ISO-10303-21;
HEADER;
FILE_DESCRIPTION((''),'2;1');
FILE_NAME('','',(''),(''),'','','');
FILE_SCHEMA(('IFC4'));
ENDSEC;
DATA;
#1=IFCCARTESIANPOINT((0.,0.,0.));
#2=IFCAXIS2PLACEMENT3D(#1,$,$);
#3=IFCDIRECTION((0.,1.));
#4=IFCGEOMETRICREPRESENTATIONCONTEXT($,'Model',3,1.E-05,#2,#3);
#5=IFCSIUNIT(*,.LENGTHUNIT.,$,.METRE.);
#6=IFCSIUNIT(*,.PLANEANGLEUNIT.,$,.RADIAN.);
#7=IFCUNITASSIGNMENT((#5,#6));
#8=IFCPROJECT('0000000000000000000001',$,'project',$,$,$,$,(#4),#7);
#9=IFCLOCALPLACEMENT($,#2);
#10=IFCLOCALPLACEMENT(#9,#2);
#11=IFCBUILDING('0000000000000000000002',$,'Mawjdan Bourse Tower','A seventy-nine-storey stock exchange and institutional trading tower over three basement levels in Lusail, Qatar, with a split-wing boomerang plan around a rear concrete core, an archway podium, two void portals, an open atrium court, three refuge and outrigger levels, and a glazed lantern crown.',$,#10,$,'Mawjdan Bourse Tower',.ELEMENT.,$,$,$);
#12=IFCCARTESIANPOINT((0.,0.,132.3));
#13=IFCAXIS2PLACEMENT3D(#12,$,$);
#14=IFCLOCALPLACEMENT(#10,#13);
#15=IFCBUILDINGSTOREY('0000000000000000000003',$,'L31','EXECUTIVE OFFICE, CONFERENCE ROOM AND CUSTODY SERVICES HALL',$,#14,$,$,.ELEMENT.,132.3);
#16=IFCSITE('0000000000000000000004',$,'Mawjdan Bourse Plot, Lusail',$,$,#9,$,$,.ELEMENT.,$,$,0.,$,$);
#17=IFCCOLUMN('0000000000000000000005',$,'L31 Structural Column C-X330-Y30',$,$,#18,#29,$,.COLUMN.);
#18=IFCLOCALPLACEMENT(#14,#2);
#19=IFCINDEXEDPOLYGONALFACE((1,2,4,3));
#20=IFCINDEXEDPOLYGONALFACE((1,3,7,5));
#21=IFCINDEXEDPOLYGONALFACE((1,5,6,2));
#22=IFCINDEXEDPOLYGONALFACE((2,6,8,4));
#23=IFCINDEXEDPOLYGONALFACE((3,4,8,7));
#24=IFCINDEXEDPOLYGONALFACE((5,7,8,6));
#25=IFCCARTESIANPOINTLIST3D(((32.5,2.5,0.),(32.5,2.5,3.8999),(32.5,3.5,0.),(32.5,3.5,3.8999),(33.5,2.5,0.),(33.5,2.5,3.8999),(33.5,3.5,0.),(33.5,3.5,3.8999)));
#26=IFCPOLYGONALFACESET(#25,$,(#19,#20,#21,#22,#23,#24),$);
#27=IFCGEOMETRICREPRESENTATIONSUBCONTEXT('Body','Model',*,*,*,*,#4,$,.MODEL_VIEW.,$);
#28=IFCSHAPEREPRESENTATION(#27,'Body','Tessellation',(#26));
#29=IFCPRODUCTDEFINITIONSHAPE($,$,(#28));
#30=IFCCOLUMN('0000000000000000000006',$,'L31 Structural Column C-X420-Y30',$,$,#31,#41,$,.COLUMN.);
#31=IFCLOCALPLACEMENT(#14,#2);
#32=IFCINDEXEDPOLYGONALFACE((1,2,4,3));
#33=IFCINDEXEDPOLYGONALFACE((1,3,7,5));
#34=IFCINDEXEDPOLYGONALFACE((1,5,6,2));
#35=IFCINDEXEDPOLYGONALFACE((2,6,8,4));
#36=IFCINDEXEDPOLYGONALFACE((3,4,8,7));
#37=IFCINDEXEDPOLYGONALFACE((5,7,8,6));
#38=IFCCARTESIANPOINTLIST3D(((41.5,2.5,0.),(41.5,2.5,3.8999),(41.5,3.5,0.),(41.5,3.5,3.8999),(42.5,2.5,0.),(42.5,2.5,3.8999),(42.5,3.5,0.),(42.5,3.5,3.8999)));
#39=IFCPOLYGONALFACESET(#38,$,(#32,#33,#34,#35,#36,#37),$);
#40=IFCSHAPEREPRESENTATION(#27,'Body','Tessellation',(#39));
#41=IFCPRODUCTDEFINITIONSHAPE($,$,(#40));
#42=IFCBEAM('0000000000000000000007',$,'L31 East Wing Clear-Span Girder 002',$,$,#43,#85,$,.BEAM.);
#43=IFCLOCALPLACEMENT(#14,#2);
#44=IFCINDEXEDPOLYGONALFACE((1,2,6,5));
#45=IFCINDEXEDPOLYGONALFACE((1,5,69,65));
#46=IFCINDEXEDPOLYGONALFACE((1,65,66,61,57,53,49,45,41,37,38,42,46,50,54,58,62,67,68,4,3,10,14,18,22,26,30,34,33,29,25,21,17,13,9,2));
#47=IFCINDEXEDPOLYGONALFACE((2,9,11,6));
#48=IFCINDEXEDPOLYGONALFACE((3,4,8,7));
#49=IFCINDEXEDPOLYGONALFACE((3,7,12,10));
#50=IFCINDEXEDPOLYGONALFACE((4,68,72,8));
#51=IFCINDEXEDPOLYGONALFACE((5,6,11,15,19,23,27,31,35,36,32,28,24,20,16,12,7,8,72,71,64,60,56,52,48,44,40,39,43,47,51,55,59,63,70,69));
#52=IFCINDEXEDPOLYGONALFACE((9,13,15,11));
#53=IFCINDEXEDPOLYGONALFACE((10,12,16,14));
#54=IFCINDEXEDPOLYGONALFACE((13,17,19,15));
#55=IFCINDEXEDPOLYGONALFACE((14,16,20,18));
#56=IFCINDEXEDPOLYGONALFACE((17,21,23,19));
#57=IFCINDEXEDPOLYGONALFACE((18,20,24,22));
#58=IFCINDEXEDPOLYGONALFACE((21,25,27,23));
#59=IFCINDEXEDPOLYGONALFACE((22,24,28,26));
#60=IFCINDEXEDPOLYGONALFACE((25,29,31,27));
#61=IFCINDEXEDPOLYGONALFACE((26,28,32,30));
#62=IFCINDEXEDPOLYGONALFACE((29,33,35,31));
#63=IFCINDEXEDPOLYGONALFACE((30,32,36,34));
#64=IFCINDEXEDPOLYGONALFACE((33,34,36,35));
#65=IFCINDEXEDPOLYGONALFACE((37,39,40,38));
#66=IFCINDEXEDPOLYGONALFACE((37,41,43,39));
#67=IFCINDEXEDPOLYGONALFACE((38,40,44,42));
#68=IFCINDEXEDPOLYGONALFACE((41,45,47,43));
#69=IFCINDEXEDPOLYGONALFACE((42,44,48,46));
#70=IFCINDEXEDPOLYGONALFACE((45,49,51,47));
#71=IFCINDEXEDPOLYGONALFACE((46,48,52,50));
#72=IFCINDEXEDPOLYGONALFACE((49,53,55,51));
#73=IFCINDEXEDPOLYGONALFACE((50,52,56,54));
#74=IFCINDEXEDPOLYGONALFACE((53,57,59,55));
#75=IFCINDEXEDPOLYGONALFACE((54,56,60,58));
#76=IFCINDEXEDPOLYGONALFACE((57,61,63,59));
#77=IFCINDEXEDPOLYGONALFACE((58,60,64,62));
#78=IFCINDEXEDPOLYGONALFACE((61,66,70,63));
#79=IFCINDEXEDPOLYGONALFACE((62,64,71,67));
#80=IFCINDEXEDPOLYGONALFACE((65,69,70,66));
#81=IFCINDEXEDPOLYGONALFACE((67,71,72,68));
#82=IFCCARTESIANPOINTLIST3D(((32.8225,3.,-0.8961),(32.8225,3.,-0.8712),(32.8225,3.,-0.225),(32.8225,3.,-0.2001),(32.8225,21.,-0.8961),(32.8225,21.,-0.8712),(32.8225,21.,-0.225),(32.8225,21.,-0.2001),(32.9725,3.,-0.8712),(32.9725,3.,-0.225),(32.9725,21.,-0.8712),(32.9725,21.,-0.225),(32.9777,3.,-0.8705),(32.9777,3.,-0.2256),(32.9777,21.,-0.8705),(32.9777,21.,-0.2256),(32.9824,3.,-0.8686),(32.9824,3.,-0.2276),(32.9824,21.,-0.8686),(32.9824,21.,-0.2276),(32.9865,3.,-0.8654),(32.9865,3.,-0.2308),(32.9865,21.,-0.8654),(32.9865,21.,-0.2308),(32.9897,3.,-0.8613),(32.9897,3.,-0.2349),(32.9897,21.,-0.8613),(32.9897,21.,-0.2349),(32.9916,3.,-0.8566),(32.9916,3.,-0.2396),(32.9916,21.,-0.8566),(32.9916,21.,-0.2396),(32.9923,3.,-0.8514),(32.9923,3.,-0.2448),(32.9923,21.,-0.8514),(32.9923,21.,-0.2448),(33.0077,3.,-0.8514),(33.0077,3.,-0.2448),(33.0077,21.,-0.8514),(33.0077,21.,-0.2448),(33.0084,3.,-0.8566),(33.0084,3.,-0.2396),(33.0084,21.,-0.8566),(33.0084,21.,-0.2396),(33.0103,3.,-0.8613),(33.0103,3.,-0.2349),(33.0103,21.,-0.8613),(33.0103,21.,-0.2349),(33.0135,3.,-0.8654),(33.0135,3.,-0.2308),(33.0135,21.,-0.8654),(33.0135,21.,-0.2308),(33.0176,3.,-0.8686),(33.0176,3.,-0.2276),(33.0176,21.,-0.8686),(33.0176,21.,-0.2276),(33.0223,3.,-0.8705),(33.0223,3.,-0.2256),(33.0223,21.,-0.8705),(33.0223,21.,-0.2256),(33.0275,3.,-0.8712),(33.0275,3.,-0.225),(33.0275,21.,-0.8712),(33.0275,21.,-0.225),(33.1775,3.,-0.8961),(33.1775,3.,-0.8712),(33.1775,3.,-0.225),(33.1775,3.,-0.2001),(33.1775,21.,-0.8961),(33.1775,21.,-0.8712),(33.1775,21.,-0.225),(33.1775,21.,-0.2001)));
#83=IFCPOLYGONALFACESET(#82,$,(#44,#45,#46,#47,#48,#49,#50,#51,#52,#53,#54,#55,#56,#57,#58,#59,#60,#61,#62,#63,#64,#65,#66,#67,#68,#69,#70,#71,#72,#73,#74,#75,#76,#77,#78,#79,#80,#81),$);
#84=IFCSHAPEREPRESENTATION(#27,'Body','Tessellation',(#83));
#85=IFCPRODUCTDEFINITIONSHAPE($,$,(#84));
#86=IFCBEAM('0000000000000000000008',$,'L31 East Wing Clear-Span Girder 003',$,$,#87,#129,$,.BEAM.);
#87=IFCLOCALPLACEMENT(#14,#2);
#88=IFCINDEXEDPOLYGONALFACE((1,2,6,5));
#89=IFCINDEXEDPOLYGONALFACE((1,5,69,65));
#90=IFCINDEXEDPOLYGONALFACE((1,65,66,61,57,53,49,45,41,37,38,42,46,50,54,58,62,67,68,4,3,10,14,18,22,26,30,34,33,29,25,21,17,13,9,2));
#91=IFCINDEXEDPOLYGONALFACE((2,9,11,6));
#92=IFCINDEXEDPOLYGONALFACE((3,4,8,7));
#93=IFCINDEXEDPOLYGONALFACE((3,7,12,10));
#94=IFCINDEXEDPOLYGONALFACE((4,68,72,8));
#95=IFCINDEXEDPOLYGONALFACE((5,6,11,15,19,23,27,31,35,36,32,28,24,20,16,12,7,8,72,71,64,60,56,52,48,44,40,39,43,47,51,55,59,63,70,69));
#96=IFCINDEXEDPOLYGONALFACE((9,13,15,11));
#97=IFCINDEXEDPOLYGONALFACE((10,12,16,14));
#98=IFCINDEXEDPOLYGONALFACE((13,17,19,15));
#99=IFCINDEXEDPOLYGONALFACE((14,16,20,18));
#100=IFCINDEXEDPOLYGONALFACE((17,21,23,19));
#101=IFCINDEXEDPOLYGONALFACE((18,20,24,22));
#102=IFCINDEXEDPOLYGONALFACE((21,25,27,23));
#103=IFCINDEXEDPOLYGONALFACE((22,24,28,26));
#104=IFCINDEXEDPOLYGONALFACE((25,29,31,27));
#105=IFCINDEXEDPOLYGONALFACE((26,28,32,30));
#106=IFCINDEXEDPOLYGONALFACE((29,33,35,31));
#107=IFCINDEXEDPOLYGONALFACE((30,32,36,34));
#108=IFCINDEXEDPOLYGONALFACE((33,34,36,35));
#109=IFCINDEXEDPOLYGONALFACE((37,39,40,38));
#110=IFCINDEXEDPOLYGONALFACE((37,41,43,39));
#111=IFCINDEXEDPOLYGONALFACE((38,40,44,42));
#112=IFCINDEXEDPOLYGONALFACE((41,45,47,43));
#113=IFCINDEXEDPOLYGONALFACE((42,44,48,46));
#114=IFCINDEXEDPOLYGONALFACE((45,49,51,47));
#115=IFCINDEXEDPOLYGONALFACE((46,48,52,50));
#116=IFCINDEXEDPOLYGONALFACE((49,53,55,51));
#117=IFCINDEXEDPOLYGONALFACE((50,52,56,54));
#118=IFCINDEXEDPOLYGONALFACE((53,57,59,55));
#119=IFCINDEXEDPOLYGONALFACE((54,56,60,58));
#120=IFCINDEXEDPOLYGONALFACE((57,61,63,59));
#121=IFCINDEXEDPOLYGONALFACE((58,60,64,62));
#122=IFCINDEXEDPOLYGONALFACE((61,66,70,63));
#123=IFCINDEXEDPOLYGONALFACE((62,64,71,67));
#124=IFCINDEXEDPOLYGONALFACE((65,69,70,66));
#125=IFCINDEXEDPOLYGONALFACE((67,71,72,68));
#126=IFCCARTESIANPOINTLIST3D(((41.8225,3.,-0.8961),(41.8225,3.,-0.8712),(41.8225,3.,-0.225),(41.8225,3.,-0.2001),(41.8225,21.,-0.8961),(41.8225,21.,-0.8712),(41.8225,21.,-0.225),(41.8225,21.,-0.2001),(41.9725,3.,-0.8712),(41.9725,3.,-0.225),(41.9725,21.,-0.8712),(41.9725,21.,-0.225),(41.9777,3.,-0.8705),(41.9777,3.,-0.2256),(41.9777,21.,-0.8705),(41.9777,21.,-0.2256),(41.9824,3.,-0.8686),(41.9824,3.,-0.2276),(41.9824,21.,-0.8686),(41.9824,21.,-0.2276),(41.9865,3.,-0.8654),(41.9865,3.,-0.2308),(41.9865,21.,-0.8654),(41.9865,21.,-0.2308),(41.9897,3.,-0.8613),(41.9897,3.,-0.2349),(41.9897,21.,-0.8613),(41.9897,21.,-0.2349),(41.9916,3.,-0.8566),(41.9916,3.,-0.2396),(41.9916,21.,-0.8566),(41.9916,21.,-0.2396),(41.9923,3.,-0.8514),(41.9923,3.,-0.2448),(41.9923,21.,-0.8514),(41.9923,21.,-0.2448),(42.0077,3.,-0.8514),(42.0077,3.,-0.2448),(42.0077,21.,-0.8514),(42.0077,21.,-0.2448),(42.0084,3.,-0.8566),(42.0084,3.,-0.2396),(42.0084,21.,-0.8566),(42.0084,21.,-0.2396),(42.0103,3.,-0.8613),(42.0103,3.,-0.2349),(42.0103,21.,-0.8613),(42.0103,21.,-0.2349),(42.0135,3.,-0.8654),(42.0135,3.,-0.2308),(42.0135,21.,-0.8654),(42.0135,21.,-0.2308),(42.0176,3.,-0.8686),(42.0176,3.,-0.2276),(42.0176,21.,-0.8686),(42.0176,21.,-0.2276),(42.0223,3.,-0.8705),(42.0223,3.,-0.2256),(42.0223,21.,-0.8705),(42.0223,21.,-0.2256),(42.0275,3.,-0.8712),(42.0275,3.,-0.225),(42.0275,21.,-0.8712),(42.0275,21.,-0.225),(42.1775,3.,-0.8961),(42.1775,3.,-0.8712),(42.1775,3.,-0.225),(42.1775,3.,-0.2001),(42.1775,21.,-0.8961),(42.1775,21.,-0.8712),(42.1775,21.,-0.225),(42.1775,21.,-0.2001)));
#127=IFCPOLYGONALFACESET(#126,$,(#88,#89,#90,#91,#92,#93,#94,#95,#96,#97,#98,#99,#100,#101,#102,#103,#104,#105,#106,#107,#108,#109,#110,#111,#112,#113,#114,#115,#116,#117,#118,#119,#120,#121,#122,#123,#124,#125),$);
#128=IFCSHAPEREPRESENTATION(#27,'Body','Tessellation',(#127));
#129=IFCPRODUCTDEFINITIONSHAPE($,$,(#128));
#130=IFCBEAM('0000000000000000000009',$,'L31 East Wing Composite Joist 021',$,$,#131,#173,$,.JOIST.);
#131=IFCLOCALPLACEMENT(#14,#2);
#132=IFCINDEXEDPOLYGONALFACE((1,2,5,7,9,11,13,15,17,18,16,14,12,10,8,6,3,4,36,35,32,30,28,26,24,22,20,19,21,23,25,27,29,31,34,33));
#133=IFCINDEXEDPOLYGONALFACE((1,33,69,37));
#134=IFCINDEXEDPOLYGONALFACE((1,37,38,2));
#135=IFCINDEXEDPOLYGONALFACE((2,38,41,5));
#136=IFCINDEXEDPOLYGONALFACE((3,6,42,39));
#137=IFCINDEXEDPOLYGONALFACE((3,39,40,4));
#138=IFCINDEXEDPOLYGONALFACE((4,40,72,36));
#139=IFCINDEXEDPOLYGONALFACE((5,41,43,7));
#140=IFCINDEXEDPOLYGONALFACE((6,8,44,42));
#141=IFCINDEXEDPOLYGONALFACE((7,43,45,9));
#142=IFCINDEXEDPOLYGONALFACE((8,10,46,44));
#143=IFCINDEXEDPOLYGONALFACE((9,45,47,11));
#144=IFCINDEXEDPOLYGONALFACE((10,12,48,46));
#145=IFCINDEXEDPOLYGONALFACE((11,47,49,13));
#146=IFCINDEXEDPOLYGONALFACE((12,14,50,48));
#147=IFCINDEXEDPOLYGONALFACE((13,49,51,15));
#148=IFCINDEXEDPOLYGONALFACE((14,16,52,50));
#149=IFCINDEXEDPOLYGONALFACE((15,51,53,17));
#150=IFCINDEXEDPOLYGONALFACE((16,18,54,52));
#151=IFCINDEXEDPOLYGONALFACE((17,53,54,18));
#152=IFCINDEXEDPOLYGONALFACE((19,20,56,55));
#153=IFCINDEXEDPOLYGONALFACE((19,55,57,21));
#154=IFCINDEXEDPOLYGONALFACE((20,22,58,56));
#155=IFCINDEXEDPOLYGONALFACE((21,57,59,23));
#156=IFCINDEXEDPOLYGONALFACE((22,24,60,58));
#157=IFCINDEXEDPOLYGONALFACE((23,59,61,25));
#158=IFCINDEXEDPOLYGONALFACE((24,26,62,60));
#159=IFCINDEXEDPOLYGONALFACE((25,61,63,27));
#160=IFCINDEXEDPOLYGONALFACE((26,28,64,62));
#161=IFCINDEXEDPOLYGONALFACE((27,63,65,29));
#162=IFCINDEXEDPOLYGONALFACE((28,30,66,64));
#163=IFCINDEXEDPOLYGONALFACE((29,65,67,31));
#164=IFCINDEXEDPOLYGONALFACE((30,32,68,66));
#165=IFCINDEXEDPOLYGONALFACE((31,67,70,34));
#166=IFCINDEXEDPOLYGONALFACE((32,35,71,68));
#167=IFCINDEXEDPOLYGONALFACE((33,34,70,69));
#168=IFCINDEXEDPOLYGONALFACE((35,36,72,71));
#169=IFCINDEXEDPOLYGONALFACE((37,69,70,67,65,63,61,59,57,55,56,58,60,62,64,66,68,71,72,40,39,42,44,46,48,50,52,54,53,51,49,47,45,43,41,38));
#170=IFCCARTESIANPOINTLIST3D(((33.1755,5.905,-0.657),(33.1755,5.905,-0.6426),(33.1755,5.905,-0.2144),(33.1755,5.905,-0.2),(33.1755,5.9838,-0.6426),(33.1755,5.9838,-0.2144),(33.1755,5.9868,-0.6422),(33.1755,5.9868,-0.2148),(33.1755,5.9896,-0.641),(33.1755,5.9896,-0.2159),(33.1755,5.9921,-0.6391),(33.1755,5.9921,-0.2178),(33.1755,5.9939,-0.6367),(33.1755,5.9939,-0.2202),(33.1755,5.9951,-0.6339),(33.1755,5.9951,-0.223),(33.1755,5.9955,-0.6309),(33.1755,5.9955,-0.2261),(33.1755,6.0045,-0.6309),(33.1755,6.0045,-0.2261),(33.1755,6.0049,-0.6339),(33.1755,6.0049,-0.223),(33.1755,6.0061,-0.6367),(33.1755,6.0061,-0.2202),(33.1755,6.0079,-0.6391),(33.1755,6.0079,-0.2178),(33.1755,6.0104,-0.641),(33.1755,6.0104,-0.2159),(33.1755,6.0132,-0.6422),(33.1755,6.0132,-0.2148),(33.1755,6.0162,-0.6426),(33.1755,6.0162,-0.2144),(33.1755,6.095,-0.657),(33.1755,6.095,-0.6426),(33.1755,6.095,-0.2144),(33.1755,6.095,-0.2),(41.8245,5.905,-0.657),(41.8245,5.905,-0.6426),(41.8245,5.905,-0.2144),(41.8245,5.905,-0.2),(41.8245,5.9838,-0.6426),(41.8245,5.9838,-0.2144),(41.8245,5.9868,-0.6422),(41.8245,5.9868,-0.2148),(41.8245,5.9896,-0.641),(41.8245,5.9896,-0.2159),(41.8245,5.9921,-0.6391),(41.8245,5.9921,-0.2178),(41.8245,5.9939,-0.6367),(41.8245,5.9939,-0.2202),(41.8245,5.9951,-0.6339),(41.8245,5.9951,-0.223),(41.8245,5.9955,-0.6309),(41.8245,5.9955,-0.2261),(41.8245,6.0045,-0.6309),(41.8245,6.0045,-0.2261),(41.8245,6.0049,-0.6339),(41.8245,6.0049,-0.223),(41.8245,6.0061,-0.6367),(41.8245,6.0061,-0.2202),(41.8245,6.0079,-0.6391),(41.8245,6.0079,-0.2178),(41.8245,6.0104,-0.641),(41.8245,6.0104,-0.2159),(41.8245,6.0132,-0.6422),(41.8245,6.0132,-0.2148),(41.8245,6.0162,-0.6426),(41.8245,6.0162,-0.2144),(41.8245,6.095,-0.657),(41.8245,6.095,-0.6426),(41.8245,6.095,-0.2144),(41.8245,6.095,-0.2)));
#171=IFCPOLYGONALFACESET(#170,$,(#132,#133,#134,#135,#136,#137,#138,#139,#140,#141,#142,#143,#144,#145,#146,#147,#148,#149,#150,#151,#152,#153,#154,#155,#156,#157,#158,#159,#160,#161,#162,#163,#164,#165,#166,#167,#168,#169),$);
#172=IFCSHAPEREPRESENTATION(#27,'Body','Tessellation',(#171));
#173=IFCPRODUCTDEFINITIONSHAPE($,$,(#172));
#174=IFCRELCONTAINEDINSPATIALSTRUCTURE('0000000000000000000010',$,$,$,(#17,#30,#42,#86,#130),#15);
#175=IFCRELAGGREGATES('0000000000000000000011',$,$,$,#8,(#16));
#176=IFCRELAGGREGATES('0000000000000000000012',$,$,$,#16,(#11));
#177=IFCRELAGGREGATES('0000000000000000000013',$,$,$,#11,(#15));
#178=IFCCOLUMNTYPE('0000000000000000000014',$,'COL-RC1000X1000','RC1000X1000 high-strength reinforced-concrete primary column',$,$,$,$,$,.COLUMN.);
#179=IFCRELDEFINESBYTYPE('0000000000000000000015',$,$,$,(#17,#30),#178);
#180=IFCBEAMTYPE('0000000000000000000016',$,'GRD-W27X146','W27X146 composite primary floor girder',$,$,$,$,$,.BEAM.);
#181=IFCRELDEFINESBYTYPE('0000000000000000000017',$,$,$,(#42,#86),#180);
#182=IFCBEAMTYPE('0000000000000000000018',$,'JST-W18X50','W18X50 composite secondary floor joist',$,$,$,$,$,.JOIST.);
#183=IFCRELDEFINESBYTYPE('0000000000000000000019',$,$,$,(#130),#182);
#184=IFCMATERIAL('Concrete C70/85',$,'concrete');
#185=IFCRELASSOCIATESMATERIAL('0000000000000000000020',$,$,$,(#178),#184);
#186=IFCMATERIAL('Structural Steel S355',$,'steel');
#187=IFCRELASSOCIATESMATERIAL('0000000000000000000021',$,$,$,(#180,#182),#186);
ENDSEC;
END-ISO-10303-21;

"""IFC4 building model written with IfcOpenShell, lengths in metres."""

from ifc_helpers import new_model, si_unit, direction, frame, origin, origin_2d, place, context, subcontext, project, spatial, rectangle, i_section, extrude, material, material_profile, profile_set, type_object, element, save


model = new_model("IFC4")

# Units and contexts
model_context = context("Model", 3, precision=1e-05, world=origin(), true_north=direction((0.0, 1.0)))
body_context = subcontext(model_context, "Body", "Model", "MODEL_VIEW")
ifc_project = project(units=[si_unit("LENGTHUNIT", "METRE"), si_unit("PLANEANGLEUNIT", "RADIAN")], contexts=[model_context])

# Site, building, storey
site_placement = place(None, origin())
site = spatial("IfcSite", under=ifc_project, at=site_placement, Name="Mawjdan Bourse Plot, Lusail", CompositionType="ELEMENT", RefElevation=0.0)
building_placement = place(site_placement, origin())
building = spatial("IfcBuilding", under=site, at=building_placement, Name="Mawjdan Bourse Tower", Description="A seventy-nine-storey stock exchange and institutional trading tower over three basement levels in Lusail, Qatar, with a split-wing boomerang plan around a rear concrete core, an archway podium, two void portals, an open atrium court, three refuge and outrigger levels, and a glazed lantern crown.", LongName="Mawjdan Bourse Tower", CompositionType="ELEMENT")
storey_placement = place(building_placement, frame((0.0, 0.0, 132.3)))
storey = spatial("IfcBuildingStorey", under=building, at=storey_placement, Name="L31", Description="EXECUTIVE OFFICE, CONFERENCE ROOM AND CUSTODY SERVICES HALL", CompositionType="ELEMENT", Elevation=132.3)

# Columns
ifc_material_1 = material(Name="Concrete C70/85", Category="concrete")
ifc_material_profile_1 = material_profile(ifc_material_1, rectangle(XDim=1.0, YDim=1.0, at=origin_2d()), Name="RC1000X1000")
ifc_profile_set_1 = profile_set([ifc_material_profile_1], Name="Concrete C70/85")
column_type = type_object("IfcColumnType", Name="COL-RC1000X1000", Description="RC1000X1000 high-strength reinforced-concrete primary column", PredefinedType="COLUMN", material=ifc_profile_set_1)
for number, where, z_axis, x_axis, name in (
    (1, (33.0, 3.0, 0.0), (0.0, 0.0, 1.0), (1.0, 0.0, 0.0), "L31 Structural Column C-X330-Y30"),
    (2, (42.0, 3.0, 0.0), (0.0, 0.0, 1.0), (1.0, 0.0, 0.0), "L31 Structural Column C-X420-Y30"),
):
    element("IfcColumn", number, at=place(storey_placement, frame(where, z_axis=z_axis, x_axis=x_axis)), inside=storey, type_object=column_type, Name=name, PredefinedType="COLUMN", context=body_context, shape_type="SweptSolid", body=[
        extrude(rectangle(XDim=1.0, YDim=1.0, at=origin_2d()), origin(), (0.0, 0.0, 1.0), 3.8999),
    ])

# Beams
ifc_material_2 = material(Name="Structural Steel S355", Category="steel")
ifc_material_profile_2 = material_profile(ifc_material_2, i_section(OverallWidth=0.355, OverallDepth=0.696, WebThickness=0.0154, FlangeThickness=0.0249, FilletRadius=0.0198, at=origin_2d()), Name="W27X146")
ifc_profile_set_2 = profile_set([ifc_material_profile_2], Name="Structural Steel S355")
beam_type_1 = type_object("IfcBeamType", Name="GRD-W27X146", Description="W27X146 composite primary floor girder", PredefinedType="BEAM", material=ifc_profile_set_2)
for number, where, z_axis, x_axis, name in (
    (3, (33.0, 3.0, -0.5481), (0.0, 1.0, 0.0), (-1.0, 0.0, 0.0), "L31 East Wing Clear-Span Girder 002"),
    (4, (42.0, 3.0, -0.5481), (0.0, 1.0, 0.0), (-1.0, 0.0, 0.0), "L31 East Wing Clear-Span Girder 003"),
):
    element("IfcBeam", number, at=place(storey_placement, frame(where, z_axis=z_axis, x_axis=x_axis)), inside=storey, type_object=beam_type_1, Name=name, PredefinedType="BEAM", context=body_context, shape_type="SweptSolid", body=[
        extrude(i_section(OverallWidth=0.355, OverallDepth=0.696, WebThickness=0.0154, FlangeThickness=0.0249, FilletRadius=0.0198, at=origin_2d()), origin(), (0.0, 0.0, 1.0), 18.0),
    ])
ifc_material_profile_3 = material_profile(ifc_material_2, i_section(OverallWidth=0.1899, OverallDepth=0.457, WebThickness=0.009, FlangeThickness=0.0144, FilletRadius=0.0117, at=origin_2d()), Name="W18X50")
ifc_profile_set_3 = profile_set([ifc_material_profile_3], Name="Structural Steel S355")
beam_type_2 = type_object("IfcBeamType", Name="JST-W18X50", Description="W18X50 composite secondary floor joist", PredefinedType="JOIST", material=ifc_profile_set_3)
for number, where, z_axis, x_axis, name in (
    (5, (33.1755, 6.0, -0.4285), (1.0, 0.0, 0.0), (0.0, 1.0, 0.0), "L31 East Wing Composite Joist 021"),
):
    element("IfcBeam", number, at=place(storey_placement, frame(where, z_axis=z_axis, x_axis=x_axis)), inside=storey, type_object=beam_type_2, Name=name, PredefinedType="JOIST", context=body_context, shape_type="SweptSolid", body=[
        extrude(i_section(OverallWidth=0.1899, OverallDepth=0.457, WebThickness=0.009, FlangeThickness=0.0144, FilletRadius=0.0117, at=origin_2d()), origin(), (0.0, 0.0, 1.0), 8.6489),
    ])

save(model, "model.ifc")
